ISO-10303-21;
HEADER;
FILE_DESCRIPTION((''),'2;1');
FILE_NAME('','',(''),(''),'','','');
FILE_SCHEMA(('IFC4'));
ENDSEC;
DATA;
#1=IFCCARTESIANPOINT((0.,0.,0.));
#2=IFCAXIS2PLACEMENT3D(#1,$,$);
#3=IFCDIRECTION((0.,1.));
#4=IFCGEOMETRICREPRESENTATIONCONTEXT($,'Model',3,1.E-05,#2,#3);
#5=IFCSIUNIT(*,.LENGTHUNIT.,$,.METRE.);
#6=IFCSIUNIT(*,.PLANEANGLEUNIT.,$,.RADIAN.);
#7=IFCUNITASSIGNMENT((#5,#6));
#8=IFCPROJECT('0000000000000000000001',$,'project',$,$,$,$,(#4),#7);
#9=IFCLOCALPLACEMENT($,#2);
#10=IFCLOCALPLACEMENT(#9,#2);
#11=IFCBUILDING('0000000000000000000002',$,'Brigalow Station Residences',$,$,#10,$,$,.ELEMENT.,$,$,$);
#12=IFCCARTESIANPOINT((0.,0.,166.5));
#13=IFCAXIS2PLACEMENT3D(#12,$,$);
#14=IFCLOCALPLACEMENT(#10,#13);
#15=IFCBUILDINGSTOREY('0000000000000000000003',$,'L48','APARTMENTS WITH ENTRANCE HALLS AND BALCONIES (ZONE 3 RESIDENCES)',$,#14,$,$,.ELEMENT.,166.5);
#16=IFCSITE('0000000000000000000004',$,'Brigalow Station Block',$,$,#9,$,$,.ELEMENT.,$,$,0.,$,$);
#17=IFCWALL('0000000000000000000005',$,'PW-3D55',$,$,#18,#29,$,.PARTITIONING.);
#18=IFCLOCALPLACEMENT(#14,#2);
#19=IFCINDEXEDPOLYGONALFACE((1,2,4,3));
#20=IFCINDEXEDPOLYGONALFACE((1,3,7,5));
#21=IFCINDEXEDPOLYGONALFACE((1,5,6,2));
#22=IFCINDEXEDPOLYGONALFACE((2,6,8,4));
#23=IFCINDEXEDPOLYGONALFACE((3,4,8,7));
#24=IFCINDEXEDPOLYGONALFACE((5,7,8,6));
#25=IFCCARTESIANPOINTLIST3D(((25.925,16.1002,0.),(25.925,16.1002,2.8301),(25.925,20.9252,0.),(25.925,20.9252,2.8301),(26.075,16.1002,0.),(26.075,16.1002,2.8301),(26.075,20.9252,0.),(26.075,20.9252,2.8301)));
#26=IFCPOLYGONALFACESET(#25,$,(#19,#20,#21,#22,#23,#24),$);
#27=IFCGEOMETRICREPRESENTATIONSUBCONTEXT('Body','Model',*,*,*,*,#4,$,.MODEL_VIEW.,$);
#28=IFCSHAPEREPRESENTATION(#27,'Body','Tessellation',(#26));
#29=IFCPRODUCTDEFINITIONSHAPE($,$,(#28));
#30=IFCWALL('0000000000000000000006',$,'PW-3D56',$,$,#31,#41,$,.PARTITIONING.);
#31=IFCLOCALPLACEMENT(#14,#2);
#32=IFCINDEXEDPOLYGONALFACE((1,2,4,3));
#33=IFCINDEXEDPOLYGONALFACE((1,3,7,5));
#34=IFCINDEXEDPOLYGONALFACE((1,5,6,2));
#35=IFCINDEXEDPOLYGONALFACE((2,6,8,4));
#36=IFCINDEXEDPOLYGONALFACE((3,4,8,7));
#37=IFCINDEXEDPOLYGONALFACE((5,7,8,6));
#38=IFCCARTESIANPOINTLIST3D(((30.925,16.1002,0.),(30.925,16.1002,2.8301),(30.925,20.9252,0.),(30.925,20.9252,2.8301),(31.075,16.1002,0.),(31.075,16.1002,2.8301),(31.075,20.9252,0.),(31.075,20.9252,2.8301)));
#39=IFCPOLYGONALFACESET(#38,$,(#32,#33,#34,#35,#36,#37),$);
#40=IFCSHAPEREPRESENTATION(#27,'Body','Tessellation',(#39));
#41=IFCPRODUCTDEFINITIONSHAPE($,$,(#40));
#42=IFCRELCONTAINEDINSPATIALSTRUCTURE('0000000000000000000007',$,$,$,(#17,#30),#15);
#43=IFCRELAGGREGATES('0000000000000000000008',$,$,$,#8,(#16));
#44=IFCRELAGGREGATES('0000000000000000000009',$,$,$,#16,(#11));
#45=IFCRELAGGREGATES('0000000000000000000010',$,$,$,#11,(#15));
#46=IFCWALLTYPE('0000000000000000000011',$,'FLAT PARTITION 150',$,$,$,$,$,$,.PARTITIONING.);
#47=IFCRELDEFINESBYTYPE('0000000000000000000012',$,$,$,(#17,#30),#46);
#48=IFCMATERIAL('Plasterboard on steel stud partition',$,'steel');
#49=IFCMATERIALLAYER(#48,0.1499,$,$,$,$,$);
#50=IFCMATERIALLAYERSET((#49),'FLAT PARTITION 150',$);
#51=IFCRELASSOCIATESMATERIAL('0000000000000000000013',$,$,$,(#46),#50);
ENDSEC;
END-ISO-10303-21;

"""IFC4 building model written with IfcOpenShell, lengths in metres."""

from ifc_helpers import new_model, si_unit, direction, frame, frame_2d, origin, place, context, subcontext, project, spatial, rectangle, extrude, material, layer, layer_set, type_object, element, save


model = new_model("IFC4")

# Units and contexts
model_context = context("Model", 3, precision=1e-05, world=origin(), true_north=direction((0.0, 1.0)))
body_context = subcontext(model_context, "Body", "Model", "MODEL_VIEW")
ifc_project = project(units=[si_unit("LENGTHUNIT", "METRE"), si_unit("PLANEANGLEUNIT", "RADIAN")], contexts=[model_context])

# Site, building, storey
site_placement = place(None, origin())
site = spatial("IfcSite", under=ifc_project, at=site_placement, Name="Brigalow Station Block", CompositionType="ELEMENT", RefElevation=0.0)
building_placement = place(site_placement, origin())
building = spatial("IfcBuilding", under=site, at=building_placement, Name="Brigalow Station Residences", CompositionType="ELEMENT")
storey_placement = place(building_placement, frame((0.0, 0.0, 166.5)))
storey = spatial("IfcBuildingStorey", under=building, at=storey_placement, Name="L48", Description="APARTMENTS WITH ENTRANCE HALLS AND BALCONIES (ZONE 3 RESIDENCES)", CompositionType="ELEMENT", Elevation=166.5)

# Shared definitions
ifc_material_1 = material(Name="Plasterboard on steel stud partition", Category="steel")
ifc_layer_1 = layer(ifc_material_1, 0.1499)
ifc_layer_set_1 = layer_set([ifc_layer_1], Name="FLAT PARTITION 150")
wall_type = type_object("IfcWallType", Name="FLAT PARTITION 150", PredefinedType="PARTITIONING", material=ifc_layer_set_1)

# Walls
for number, where, z_axis, x_axis, name in (
    (1, (26.0, 16.1001, 0.0), (0.0, 0.0, 1.0), (0.0, 1.0, 0.0), "PW-3D55"),
    (2, (31.0, 16.1001, 0.0), (0.0, 0.0, 1.0), (0.0, 1.0, 0.0), "PW-3D56"),
):
    element("IfcWall", number, at=place(storey_placement, frame(where, z_axis=z_axis, x_axis=x_axis)), inside=storey, type_object=wall_type, Name=name, PredefinedType="PARTITIONING", context=body_context, shape_type="SweptSolid", body=[
        extrude(rectangle(XDim=4.825, YDim=0.1499, at=frame_2d((2.4126, 0.0))), origin(), (0.0, 0.0, 1.0), 2.8301),
    ])

save(model, "model.ifc")
